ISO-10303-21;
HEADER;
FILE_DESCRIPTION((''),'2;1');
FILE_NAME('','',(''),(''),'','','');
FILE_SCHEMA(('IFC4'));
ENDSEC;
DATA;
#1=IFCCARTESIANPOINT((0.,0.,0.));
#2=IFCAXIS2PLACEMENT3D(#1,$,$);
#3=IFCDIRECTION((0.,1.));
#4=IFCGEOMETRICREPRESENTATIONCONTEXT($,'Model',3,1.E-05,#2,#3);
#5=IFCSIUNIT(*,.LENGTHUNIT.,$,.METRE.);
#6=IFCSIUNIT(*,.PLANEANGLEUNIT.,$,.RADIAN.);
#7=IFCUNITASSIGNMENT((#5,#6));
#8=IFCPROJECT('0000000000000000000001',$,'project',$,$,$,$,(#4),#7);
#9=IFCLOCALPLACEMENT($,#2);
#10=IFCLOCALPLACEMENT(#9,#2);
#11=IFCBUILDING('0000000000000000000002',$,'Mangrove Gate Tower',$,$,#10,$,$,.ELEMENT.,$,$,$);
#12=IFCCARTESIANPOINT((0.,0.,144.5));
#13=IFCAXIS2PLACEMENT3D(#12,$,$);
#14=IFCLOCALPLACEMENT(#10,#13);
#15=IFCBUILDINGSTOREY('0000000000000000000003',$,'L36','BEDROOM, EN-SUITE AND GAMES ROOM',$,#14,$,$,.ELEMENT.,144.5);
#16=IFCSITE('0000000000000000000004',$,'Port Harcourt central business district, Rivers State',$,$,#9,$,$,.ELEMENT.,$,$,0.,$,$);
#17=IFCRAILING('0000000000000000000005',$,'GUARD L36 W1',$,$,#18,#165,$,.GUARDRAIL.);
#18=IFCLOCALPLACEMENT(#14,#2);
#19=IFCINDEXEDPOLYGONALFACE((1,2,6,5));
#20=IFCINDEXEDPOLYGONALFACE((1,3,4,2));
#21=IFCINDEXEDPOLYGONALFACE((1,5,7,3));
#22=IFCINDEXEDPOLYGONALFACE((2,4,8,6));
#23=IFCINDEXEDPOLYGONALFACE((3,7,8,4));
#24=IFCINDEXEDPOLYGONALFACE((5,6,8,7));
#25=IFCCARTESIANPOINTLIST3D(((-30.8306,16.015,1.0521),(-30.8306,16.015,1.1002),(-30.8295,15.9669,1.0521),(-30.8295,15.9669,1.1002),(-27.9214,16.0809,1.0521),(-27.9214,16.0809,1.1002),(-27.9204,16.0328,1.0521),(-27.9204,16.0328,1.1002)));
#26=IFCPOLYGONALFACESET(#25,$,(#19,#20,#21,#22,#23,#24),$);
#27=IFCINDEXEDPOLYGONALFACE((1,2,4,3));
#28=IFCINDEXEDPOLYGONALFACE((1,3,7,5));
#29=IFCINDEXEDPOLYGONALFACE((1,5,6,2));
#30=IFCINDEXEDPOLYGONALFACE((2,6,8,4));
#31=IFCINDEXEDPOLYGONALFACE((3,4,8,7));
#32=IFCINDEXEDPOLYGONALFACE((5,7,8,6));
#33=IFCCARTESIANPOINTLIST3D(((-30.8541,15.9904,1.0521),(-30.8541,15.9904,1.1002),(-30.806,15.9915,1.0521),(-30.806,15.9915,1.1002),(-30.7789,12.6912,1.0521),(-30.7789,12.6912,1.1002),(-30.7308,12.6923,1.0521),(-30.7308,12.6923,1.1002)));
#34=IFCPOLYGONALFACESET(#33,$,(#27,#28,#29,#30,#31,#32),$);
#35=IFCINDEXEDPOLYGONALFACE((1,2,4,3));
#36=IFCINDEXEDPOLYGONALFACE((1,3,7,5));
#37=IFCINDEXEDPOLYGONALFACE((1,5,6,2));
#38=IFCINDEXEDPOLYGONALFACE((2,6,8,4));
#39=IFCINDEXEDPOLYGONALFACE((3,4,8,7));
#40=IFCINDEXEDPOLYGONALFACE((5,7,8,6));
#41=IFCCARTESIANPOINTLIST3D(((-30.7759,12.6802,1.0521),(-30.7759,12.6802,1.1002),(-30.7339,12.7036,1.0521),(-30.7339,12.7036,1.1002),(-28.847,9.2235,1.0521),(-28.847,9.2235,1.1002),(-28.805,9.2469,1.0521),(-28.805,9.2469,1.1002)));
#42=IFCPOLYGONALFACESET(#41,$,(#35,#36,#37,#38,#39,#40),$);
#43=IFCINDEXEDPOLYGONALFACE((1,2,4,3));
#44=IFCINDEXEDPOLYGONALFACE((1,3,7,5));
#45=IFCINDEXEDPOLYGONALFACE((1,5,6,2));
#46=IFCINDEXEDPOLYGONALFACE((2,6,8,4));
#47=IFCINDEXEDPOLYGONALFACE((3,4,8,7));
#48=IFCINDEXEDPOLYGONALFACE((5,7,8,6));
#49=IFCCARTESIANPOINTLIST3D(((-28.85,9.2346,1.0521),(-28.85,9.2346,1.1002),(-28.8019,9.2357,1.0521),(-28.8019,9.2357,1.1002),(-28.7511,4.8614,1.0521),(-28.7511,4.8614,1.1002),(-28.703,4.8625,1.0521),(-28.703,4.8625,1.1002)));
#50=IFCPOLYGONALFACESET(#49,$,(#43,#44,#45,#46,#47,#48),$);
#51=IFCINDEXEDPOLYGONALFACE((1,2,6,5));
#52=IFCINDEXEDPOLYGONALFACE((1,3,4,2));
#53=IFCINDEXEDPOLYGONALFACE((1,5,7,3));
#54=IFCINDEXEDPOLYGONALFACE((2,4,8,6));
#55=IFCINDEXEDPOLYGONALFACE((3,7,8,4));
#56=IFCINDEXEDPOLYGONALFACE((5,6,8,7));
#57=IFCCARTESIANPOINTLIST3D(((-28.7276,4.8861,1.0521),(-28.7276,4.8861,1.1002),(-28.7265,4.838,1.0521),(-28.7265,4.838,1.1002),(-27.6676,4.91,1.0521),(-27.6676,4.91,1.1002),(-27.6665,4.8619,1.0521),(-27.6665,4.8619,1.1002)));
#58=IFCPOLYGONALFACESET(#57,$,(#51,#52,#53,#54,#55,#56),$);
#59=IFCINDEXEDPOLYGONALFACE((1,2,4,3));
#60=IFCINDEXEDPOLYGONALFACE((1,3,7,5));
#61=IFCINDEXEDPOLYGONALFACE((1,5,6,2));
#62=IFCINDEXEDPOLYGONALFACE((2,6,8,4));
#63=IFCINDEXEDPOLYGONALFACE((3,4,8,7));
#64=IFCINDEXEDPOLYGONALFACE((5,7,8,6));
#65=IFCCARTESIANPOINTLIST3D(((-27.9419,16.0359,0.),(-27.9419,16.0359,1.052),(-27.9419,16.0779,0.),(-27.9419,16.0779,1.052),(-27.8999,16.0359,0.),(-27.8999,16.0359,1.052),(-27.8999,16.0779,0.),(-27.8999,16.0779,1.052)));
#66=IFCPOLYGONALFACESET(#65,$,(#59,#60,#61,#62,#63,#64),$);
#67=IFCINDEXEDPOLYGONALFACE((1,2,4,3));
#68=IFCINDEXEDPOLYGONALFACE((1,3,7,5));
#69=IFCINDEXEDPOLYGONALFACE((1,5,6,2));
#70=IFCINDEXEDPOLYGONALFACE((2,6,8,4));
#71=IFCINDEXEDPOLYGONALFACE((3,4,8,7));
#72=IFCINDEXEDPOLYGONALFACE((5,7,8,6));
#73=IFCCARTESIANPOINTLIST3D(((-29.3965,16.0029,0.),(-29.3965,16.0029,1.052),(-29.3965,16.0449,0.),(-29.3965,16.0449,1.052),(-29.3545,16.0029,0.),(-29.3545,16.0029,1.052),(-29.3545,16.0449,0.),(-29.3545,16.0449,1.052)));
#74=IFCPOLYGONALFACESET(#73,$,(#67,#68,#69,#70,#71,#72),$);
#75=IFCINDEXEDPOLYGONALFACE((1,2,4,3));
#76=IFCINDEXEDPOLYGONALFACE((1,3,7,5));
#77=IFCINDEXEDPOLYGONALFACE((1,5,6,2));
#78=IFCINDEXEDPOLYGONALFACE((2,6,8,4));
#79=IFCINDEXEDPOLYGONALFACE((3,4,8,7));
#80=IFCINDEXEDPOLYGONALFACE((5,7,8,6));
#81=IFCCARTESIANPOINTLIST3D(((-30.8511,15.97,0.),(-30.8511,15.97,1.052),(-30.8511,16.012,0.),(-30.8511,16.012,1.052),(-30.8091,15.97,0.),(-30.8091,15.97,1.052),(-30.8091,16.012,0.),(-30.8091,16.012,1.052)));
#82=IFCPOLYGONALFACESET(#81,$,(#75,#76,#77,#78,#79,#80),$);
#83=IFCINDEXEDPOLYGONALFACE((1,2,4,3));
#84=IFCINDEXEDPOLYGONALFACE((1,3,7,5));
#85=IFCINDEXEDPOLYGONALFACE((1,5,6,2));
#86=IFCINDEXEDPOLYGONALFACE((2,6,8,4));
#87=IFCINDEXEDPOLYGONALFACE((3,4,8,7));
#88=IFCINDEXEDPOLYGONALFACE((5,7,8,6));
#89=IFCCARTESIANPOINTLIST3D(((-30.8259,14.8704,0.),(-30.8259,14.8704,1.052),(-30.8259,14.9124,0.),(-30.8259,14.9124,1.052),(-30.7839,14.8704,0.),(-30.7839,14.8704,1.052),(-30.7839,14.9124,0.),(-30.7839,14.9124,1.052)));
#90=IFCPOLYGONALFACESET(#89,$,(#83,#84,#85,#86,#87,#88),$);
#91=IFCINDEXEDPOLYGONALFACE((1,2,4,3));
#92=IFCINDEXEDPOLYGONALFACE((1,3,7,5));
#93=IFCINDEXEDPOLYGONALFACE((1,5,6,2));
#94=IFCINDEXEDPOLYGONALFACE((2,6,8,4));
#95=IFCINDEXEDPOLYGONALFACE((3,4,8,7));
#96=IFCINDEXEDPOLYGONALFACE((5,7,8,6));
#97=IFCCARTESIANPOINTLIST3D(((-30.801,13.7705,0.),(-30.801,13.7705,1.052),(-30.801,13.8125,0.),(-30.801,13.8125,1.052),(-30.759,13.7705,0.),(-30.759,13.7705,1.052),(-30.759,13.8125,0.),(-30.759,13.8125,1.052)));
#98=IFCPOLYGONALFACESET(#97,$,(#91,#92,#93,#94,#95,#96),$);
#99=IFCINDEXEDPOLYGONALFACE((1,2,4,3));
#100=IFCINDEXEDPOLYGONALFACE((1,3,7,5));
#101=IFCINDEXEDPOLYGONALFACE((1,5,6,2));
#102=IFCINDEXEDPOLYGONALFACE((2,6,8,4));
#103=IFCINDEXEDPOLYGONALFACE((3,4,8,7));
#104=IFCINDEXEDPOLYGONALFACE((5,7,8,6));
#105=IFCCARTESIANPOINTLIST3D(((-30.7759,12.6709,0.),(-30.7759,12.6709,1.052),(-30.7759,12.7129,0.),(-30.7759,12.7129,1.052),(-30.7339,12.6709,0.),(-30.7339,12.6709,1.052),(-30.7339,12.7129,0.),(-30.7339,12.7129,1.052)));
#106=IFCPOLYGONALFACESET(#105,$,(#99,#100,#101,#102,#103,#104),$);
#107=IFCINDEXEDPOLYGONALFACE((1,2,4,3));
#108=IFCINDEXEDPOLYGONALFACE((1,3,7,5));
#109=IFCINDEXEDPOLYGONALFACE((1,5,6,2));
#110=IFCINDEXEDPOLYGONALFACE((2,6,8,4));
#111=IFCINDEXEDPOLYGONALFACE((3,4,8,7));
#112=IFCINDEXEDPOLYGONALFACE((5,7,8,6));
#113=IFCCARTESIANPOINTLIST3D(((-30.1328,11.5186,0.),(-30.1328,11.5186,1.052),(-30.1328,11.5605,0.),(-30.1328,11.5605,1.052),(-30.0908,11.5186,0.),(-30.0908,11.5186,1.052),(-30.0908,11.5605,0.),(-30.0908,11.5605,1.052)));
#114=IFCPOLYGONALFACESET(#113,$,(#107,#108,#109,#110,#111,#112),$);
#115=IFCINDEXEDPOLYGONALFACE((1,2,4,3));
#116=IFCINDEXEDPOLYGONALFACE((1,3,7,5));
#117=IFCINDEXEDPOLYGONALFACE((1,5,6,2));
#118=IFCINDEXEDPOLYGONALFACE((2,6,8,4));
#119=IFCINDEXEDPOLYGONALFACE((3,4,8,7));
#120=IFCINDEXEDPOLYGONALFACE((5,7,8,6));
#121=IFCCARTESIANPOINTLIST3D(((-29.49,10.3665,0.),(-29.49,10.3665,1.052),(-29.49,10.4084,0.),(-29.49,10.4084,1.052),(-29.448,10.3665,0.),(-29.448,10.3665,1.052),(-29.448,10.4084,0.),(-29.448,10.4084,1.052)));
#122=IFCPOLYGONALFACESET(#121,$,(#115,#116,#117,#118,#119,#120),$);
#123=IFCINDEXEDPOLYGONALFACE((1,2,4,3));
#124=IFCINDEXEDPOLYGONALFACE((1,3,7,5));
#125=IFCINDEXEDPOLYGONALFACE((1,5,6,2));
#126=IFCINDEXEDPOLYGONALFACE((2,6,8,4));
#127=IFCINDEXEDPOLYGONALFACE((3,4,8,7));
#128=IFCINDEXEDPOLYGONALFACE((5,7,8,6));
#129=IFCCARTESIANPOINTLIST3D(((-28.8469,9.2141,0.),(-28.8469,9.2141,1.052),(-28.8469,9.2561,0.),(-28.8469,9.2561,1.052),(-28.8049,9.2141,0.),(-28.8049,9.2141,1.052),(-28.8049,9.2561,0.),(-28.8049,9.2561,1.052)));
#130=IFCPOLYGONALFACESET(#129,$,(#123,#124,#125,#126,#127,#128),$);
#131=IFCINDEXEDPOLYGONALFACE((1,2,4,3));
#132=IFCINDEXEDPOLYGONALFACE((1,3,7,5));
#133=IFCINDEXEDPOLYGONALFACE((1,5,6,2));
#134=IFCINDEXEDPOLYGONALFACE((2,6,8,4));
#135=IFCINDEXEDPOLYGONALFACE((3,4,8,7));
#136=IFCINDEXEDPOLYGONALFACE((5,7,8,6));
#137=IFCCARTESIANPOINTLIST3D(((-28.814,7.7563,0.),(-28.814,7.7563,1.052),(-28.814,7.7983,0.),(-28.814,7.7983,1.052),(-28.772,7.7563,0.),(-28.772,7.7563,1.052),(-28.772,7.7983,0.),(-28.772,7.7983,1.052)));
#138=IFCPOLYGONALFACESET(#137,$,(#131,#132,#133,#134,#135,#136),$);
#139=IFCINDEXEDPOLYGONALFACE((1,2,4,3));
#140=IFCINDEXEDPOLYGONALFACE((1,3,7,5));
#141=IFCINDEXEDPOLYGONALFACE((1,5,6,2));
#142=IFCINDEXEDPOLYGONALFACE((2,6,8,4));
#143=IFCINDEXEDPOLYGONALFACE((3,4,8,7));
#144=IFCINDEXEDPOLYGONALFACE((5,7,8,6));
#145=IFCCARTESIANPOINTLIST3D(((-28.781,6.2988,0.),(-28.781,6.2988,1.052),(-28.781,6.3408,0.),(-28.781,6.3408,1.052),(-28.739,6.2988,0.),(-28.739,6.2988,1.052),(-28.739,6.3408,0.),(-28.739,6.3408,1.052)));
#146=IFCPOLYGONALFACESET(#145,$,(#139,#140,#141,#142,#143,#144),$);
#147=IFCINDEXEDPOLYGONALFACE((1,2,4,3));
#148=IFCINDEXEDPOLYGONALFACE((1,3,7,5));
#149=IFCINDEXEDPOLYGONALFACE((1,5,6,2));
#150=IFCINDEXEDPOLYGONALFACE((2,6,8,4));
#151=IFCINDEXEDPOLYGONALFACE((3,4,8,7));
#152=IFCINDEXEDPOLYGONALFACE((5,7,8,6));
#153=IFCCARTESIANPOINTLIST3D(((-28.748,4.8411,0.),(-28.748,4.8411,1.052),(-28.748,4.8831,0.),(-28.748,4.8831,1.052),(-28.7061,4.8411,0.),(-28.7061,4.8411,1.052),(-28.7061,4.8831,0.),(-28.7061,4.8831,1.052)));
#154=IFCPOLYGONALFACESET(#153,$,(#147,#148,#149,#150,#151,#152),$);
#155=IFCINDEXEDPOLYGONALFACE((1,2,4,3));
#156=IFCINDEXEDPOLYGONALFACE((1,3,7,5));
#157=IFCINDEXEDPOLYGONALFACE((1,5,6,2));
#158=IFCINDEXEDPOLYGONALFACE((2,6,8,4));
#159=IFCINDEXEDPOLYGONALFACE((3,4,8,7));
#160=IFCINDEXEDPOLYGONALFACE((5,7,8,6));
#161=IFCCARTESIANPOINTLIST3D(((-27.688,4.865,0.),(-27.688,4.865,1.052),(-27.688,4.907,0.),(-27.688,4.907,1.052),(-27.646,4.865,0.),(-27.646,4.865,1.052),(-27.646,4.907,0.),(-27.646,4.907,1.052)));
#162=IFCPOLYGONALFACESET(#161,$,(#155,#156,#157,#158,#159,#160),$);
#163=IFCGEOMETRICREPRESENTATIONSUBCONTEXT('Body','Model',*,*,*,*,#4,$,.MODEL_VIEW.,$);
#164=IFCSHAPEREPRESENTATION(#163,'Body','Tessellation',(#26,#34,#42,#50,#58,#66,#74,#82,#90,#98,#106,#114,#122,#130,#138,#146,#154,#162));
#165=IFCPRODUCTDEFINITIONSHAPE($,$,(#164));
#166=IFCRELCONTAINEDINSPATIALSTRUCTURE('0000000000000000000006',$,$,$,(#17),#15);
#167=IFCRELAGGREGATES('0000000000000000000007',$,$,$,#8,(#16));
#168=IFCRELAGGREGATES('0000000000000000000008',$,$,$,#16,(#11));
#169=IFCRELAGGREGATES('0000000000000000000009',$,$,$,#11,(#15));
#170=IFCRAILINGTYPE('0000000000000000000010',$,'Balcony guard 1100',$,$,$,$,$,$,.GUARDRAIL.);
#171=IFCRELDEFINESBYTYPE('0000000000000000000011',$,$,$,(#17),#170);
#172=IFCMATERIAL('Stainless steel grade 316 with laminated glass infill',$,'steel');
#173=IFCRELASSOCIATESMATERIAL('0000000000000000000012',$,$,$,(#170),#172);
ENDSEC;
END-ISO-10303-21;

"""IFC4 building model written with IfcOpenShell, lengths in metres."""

from ifc_helpers import new_model, si_unit, direction, frame, origin, origin_2d, place, context, subcontext, project, spatial, rectangle, extrude, material, type_object, element, save


model = new_model("IFC4")

# Units and contexts
model_context = context("Model", 3, precision=1e-05, world=origin(), true_north=direction((0.0, 1.0)))
body_context = subcontext(model_context, "Body", "Model", "MODEL_VIEW")
ifc_project = project(units=[si_unit("LENGTHUNIT", "METRE"), si_unit("PLANEANGLEUNIT", "RADIAN")], contexts=[model_context])

# Site, building, storey
site_placement = place(None, origin())
site = spatial("IfcSite", under=ifc_project, at=site_placement, Name="Port Harcourt central business district, Rivers State", CompositionType="ELEMENT", RefElevation=0.0)
building_placement = place(site_placement, origin())
building = spatial("IfcBuilding", under=site, at=building_placement, Name="Mangrove Gate Tower", CompositionType="ELEMENT")
storey_placement = place(building_placement, frame((0.0, 0.0, 144.5)))
storey = spatial("IfcBuildingStorey", under=building, at=storey_placement, Name="L36", Description="BEDROOM, EN-SUITE AND GAMES ROOM", CompositionType="ELEMENT", Elevation=144.5)

# Railing
ifc_material_1 = material(Name="Stainless steel grade 316 with laminated glass infill", Category="steel")
railing_type = type_object("IfcRailingType", Name="Balcony guard 1100", PredefinedType="GUARDRAIL", material=ifc_material_1)
railing_placement = place(storey_placement, frame((-27.9209, 16.0569, 0.0)))
element("IfcRailing", 1, at=railing_placement, inside=storey, type_object=railing_type, Name="GUARD L36 W1", PredefinedType="GUARDRAIL", context=body_context, shape_type="SweptSolid", body=[
    extrude(rectangle(XDim=0.0481, YDim=0.0481, at=origin_2d()), frame((0.0, 0.0, 1.0762), z_axis=(-0.999743, -0.022653, 0.0), x_axis=(0.022653, -0.999743, 0.0)), (0.0, 0.0, 1.0), 2.9099),
    extrude(rectangle(XDim=0.0481, YDim=0.0481, at=origin_2d()), frame((-2.9092, -0.0659, 1.0762), z_axis=(0.022787, -0.99974, 0.0), x_axis=(0.99974, 0.022787, 0.0)), (0.0, 0.0, 1.0), 3.3),
    extrude(rectangle(XDim=0.0481, YDim=0.0481, at=origin_2d()), frame((-2.834, -3.365, 1.0762), z_axis=(0.487286, -0.873242, 0.0), x_axis=(0.873242, 0.487286, 0.0)), (0.0, 0.0, 1.0), 3.9585),
    extrude(rectangle(XDim=0.0481, YDim=0.0481, at=origin_2d()), frame((-0.905, -6.8218, 1.0762), z_axis=(0.022605, -0.999744, 0.0), x_axis=(0.999744, 0.022605, 0.0)), (0.0, 0.0, 1.0), 4.3743),
    extrude(rectangle(XDim=0.0481, YDim=0.0481, at=origin_2d()), frame((-0.8062, -11.1948, 1.0762), z_axis=(0.999745, 0.022564, 0.0), x_axis=(-0.022564, 0.999745, 0.0)), (0.0, 0.0, 1.0), 1.0603),
    extrude(rectangle(XDim=0.042, YDim=0.042, at=origin_2d()), origin(), (0.0, 0.0, 1.0), 1.052),
    extrude(rectangle(XDim=0.042, YDim=0.042, at=origin_2d()), frame((-1.4546, -0.033, 0.0)), (0.0, 0.0, 1.0), 1.052),
    extrude(rectangle(XDim=0.042, YDim=0.042, at=origin_2d()), frame((-2.9092, -0.0659, 0.0)), (0.0, 0.0, 1.0), 1.052),
    extrude(rectangle(XDim=0.042, YDim=0.042, at=origin_2d()), frame((-2.884, -1.1655, 0.0)), (0.0, 0.0, 1.0), 1.052),
    extrude(rectangle(XDim=0.042, YDim=0.042, at=origin_2d()), frame((-2.8591, -2.2654, 0.0)), (0.0, 0.0, 1.0), 1.052),
    extrude(rectangle(XDim=0.042, YDim=0.042, at=origin_2d()), frame((-2.834, -3.365, 0.0)), (0.0, 0.0, 1.0), 1.052),
    extrude(rectangle(XDim=0.042, YDim=0.042, at=origin_2d()), frame((-2.1909, -4.5173, 0.0)), (0.0, 0.0, 1.0), 1.052),
    extrude(rectangle(XDim=0.042, YDim=0.042, at=origin_2d()), frame((-1.5481, -5.6694, 0.0)), (0.0, 0.0, 1.0), 1.052),
    extrude(rectangle(XDim=0.042, YDim=0.042, at=origin_2d()), frame((-0.905, -6.8218, 0.0)), (0.0, 0.0, 1.0), 1.052),
    extrude(rectangle(XDim=0.042, YDim=0.042, at=origin_2d()), frame((-0.8721, -8.2795, 0.0)), (0.0, 0.0, 1.0), 1.052),
    extrude(rectangle(XDim=0.042, YDim=0.042, at=origin_2d()), frame((-0.8391, -9.7371, 0.0)), (0.0, 0.0, 1.0), 1.052),
    extrude(rectangle(XDim=0.042, YDim=0.042, at=origin_2d()), frame((-0.8062, -11.1948, 0.0)), (0.0, 0.0, 1.0), 1.052),
    extrude(rectangle(XDim=0.042, YDim=0.042, at=origin_2d()), frame((0.2539, -11.1709, 0.0)), (0.0, 0.0, 1.0), 1.052),
])

save(model, "model.ifc")
